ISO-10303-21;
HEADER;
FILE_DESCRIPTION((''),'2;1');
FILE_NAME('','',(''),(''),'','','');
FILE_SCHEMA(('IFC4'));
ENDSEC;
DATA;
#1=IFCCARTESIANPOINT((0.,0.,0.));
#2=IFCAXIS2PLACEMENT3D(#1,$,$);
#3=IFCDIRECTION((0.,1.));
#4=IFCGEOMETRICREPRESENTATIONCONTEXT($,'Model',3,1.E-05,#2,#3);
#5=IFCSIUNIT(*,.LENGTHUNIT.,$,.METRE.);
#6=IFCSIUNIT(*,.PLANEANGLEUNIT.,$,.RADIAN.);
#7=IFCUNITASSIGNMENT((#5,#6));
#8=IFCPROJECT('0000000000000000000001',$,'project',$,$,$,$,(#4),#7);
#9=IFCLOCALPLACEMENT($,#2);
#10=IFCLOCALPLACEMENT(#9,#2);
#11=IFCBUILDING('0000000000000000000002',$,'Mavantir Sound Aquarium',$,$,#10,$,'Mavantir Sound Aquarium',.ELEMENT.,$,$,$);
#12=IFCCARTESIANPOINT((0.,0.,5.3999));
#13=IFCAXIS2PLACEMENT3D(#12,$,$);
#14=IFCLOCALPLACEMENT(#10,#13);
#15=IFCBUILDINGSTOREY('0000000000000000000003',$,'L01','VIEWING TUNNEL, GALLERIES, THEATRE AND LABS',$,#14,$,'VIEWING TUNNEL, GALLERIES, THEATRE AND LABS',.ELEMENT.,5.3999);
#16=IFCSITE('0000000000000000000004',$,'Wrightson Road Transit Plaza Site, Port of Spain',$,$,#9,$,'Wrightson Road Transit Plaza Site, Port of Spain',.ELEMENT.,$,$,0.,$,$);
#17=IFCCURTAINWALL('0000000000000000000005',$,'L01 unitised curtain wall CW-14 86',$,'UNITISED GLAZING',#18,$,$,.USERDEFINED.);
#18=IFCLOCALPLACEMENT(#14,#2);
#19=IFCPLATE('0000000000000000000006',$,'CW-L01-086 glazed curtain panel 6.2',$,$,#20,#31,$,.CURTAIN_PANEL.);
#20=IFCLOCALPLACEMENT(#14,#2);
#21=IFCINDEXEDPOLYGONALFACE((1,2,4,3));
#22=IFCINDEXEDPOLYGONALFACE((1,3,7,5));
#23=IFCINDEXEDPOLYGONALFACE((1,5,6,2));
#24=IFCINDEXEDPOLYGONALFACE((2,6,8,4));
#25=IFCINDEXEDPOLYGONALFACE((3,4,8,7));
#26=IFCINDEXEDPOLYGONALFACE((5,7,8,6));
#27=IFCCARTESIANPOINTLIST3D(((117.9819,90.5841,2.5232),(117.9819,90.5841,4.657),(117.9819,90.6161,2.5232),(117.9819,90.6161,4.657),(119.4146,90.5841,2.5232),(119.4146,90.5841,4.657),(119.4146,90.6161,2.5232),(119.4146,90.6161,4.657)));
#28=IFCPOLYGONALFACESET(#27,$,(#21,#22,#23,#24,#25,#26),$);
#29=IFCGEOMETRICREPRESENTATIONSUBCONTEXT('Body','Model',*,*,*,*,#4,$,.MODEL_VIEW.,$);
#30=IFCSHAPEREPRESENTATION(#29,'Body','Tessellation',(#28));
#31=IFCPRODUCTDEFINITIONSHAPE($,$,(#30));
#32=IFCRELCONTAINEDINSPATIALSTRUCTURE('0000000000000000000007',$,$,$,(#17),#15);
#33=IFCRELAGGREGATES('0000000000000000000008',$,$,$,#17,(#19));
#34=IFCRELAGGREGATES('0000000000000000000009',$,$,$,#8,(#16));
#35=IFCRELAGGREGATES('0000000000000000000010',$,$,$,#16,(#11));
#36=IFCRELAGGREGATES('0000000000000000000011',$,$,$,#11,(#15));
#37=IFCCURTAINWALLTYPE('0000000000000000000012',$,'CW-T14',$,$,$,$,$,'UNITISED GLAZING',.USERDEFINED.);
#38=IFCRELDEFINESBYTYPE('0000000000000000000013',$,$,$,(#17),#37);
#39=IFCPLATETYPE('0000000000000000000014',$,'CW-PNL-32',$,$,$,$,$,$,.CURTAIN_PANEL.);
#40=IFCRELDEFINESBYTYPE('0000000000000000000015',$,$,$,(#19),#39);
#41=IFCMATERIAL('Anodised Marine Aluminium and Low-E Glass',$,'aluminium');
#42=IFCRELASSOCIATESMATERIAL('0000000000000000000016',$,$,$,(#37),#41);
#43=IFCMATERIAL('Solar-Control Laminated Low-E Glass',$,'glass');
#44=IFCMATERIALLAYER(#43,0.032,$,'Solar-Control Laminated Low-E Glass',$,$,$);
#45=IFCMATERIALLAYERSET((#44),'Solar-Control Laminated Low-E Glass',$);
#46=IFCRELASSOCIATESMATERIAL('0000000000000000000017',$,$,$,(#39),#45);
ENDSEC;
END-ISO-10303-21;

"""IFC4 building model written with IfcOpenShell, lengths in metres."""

from ifc_helpers import new_model, si_unit, direction, frame, origin, origin_2d, place, context, subcontext, project, spatial, rectangle, extrude, material, layer, layer_set, type_object, element, aggregate, save


model = new_model("IFC4")

# Units and contexts
model_context = context("Model", 3, precision=1e-05, world=origin(), true_north=direction((0.0, 1.0)))
body_context = subcontext(model_context, "Body", "Model", "MODEL_VIEW")
ifc_project = project(units=[si_unit("LENGTHUNIT", "METRE"), si_unit("PLANEANGLEUNIT", "RADIAN")], contexts=[model_context])

# Site, building, storey
site_placement = place(None, origin())
site = spatial("IfcSite", under=ifc_project, at=site_placement, Name="Wrightson Road Transit Plaza Site, Port of Spain", LongName="Wrightson Road Transit Plaza Site, Port of Spain", CompositionType="ELEMENT", RefElevation=0.0)
building_placement = place(site_placement, origin())
building = spatial("IfcBuilding", under=site, at=building_placement, Name="Mavantir Sound Aquarium", LongName="Mavantir Sound Aquarium", CompositionType="ELEMENT")
storey_placement = place(building_placement, frame((0.0, 0.0, 5.3999)))
storey = spatial("IfcBuildingStorey", under=building, at=storey_placement, Name="L01", Description="VIEWING TUNNEL, GALLERIES, THEATRE AND LABS", LongName="VIEWING TUNNEL, GALLERIES, THEATRE AND LABS", CompositionType="ELEMENT", Elevation=5.3999)

# Curtain wall, plate
ifc_material_1 = material(Name="Anodised Marine Aluminium and Low-E Glass", Category="aluminium")
curtain_wall_type = type_object("IfcCurtainWallType", Name="CW-T14", ElementType="UNITISED GLAZING", PredefinedType="USERDEFINED", material=ifc_material_1)
curtain_wall_placement = place(storey_placement, origin())
curtain_wall = element("IfcCurtainWall", 1, at=curtain_wall_placement, inside=storey, type_object=curtain_wall_type, Name="L01 unitised curtain wall CW-14 86", ObjectType="UNITISED GLAZING", PredefinedType="USERDEFINED")
ifc_material_2 = material(Name="Solar-Control Laminated Low-E Glass", Category="glass")
ifc_layer = layer(ifc_material_2, 0.032, Name="Solar-Control Laminated Low-E Glass")
ifc_layer_set = layer_set([ifc_layer], Name="Solar-Control Laminated Low-E Glass")
plate_type = type_object("IfcPlateType", Name="CW-PNL-32", PredefinedType="CURTAIN_PANEL", material=ifc_layer_set)
plate_1_placement = place(storey_placement, frame((118.6982, 90.6001, 2.5232), z_axis=(0.0, 0.0, 1.0), x_axis=(-1.0, 0.0, 0.0)))
plate_1 = element("IfcPlate", 2, at=plate_1_placement, type_object=plate_type, Name="CW-L01-086 glazed curtain panel 6.2", PredefinedType="CURTAIN_PANEL", context=body_context, shape_type="SweptSolid", body=[
    extrude(rectangle(XDim=1.4326, YDim=0.032, at=origin_2d()), origin(), (0.0, 0.0, 1.0), 2.1338),
])
aggregate(curtain_wall, [plate_1])

save(model, "model.ifc")
